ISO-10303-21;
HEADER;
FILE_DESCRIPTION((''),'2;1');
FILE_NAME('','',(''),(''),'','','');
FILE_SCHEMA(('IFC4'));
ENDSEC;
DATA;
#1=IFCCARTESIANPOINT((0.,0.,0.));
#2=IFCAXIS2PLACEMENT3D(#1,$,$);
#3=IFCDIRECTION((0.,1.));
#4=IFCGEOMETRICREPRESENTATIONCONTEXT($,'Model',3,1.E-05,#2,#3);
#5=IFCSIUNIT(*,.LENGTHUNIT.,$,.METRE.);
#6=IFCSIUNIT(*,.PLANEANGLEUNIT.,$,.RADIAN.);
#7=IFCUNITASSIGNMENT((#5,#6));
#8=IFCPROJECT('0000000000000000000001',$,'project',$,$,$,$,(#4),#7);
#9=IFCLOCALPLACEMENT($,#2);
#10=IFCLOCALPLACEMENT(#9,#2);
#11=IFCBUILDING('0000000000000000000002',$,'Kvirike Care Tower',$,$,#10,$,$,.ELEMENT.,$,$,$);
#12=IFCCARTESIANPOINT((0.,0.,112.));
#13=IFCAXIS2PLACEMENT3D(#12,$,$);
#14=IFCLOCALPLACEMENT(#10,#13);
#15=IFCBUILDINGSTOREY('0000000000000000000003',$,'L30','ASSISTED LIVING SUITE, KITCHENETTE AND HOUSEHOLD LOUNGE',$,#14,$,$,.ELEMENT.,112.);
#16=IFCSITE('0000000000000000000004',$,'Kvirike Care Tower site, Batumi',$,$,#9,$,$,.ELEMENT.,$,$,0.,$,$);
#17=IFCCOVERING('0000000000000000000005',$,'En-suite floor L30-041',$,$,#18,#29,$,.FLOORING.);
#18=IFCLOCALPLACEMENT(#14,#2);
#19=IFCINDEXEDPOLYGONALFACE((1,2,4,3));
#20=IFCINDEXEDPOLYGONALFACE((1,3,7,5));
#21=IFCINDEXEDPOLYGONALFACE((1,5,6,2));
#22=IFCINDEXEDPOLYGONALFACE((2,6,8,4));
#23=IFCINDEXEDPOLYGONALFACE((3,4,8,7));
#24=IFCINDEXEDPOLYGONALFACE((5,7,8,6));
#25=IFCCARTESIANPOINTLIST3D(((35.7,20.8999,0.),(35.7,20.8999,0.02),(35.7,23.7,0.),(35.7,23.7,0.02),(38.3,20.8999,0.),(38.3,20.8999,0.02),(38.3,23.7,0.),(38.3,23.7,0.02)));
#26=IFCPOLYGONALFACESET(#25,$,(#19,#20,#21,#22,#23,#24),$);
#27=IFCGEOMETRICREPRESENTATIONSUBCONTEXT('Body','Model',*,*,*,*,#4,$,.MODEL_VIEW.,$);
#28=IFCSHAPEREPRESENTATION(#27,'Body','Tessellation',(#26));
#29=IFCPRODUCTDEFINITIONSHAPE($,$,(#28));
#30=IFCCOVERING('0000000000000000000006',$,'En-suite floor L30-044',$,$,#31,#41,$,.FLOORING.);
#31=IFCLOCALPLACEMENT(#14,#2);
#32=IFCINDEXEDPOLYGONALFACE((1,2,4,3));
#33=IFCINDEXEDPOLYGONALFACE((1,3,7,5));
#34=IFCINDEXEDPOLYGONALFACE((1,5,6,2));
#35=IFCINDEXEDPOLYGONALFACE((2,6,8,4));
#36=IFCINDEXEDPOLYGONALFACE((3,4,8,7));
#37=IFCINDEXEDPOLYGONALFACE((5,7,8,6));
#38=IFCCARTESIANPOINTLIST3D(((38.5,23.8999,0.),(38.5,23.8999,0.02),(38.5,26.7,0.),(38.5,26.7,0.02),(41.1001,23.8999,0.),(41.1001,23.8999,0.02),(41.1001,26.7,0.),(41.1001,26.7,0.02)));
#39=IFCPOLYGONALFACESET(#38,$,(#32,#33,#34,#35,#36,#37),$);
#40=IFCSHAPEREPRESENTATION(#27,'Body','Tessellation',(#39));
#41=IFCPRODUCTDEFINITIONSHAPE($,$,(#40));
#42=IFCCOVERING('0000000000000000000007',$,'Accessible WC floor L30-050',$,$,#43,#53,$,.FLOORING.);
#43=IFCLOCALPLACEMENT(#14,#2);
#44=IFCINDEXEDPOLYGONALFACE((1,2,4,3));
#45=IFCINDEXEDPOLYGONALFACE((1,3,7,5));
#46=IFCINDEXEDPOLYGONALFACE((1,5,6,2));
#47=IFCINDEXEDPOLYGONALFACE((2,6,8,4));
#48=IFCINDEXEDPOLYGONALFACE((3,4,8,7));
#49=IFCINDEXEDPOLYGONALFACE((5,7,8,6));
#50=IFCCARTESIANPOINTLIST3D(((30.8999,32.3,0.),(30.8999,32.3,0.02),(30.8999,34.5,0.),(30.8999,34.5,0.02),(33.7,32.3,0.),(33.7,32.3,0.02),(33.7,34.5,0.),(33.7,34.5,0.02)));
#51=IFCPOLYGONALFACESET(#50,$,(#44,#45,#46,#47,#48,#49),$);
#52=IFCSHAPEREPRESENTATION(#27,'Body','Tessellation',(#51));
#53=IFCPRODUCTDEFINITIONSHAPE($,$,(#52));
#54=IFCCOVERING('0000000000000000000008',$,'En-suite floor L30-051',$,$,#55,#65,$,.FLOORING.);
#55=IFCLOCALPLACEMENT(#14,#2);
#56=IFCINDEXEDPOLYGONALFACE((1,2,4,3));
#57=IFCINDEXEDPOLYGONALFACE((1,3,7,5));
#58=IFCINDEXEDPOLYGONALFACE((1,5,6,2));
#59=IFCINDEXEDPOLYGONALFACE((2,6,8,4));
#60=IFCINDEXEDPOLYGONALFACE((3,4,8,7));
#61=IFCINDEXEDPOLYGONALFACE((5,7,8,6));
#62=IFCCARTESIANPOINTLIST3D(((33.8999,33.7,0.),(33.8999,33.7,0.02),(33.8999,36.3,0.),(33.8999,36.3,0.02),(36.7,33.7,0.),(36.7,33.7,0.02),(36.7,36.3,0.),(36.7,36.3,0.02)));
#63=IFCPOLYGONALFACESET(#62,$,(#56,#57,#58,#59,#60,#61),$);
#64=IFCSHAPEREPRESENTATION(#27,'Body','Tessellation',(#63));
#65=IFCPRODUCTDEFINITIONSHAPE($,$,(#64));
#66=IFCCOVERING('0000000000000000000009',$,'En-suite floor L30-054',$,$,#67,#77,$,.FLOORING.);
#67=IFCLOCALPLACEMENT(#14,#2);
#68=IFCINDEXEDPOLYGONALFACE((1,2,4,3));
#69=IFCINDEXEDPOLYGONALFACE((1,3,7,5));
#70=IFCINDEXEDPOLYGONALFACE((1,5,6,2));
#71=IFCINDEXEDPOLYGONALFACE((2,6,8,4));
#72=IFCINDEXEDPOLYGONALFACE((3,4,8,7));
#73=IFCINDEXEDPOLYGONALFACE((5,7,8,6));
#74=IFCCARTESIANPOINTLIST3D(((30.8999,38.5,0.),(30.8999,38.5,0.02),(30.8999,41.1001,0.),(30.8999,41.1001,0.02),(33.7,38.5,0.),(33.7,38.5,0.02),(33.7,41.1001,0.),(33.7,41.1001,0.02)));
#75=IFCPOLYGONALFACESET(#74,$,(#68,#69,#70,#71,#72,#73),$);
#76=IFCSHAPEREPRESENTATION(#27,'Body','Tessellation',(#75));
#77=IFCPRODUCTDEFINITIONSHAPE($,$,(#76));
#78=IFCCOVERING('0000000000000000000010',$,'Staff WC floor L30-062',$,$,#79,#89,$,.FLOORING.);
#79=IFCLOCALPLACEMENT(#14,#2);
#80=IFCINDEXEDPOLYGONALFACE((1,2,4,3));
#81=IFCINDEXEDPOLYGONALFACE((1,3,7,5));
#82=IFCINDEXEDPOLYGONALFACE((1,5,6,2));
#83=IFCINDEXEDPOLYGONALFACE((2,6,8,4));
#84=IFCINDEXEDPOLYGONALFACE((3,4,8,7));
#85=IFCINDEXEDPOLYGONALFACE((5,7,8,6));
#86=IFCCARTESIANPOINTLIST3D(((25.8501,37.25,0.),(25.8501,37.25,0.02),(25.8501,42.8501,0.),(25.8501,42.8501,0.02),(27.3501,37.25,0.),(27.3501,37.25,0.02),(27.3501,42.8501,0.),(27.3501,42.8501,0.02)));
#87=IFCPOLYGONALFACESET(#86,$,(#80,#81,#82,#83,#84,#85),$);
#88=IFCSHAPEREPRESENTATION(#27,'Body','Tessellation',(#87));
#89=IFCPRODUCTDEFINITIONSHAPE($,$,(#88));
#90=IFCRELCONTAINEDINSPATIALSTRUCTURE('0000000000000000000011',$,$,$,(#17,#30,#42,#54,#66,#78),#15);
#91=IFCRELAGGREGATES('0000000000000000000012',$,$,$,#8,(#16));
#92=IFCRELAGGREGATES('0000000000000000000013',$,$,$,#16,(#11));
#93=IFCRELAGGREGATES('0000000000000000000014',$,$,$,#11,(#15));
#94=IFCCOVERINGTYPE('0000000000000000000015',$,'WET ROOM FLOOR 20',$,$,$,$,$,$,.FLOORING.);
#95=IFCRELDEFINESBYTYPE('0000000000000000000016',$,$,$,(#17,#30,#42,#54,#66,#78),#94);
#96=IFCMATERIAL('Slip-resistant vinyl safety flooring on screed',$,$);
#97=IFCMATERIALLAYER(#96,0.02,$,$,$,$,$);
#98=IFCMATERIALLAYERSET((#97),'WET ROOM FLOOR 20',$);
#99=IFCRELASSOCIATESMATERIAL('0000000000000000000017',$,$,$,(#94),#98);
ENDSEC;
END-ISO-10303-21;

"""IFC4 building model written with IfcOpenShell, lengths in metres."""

from ifc_helpers import new_model, si_unit, direction, frame, origin, place, context, subcontext, project, spatial, polyline, outline, extrude, material, layer, layer_set, type_object, element, save


model = new_model("IFC4")

# Units and contexts
model_context = context("Model", 3, precision=1e-05, world=origin(), true_north=direction((0.0, 1.0)))
body_context = subcontext(model_context, "Body", "Model", "MODEL_VIEW")
ifc_project = project(units=[si_unit("LENGTHUNIT", "METRE"), si_unit("PLANEANGLEUNIT", "RADIAN")], contexts=[model_context])

# Site, building, storey
site_placement = place(None, origin())
site = spatial("IfcSite", under=ifc_project, at=site_placement, Name="Kvirike Care Tower site, Batumi", CompositionType="ELEMENT", RefElevation=0.0)
building_placement = place(site_placement, origin())
building = spatial("IfcBuilding", under=site, at=building_placement, Name="Kvirike Care Tower", CompositionType="ELEMENT")
storey_placement = place(building_placement, frame((0.0, 0.0, 112.0)))
storey = spatial("IfcBuildingStorey", under=building, at=storey_placement, Name="L30", Description="ASSISTED LIVING SUITE, KITCHENETTE AND HOUSEHOLD LOUNGE", CompositionType="ELEMENT", Elevation=112.0)

# Coverings
ifc_material_1 = material(Name="Slip-resistant vinyl safety flooring on screed")
ifc_layer_1 = layer(ifc_material_1, 0.02)
ifc_layer_set_1 = layer_set([ifc_layer_1], Name="WET ROOM FLOOR 20")
covering_type_1 = type_object("IfcCoveringType", Name="WET ROOM FLOOR 20", PredefinedType="FLOORING", material=ifc_layer_set_1)
covering_1_placement = place(storey_placement, origin())
element("IfcCovering", 1, at=covering_1_placement, inside=storey, type_object=covering_type_1, Name="En-suite floor L30-041", PredefinedType="FLOORING", context=body_context, shape_type="SweptSolid", body=[
    extrude(outline(polyline([(35.7, 20.8999), (35.7, 23.7), (38.3, 23.7), (38.3, 20.8999), (35.7, 20.8999)])), origin(), (0.0, 0.0, 1.0), 0.02),
])
covering_2_placement = place(storey_placement, origin())
element("IfcCovering", 2, at=covering_2_placement, inside=storey, type_object=covering_type_1, Name="En-suite floor L30-044", PredefinedType="FLOORING", context=body_context, shape_type="SweptSolid", body=[
    extrude(outline(polyline([(38.5, 23.8999), (38.5, 26.7), (41.1001, 26.7), (41.1001, 23.8999), (38.5, 23.8999)])), origin(), (0.0, 0.0, 1.0), 0.02),
])
covering_3_placement = place(storey_placement, origin())
element("IfcCovering", 3, at=covering_3_placement, inside=storey, type_object=covering_type_1, Name="Accessible WC floor L30-050", PredefinedType="FLOORING", context=body_context, shape_type="SweptSolid", body=[
    extrude(outline(polyline([(33.7, 32.3), (30.8999, 32.3), (30.8999, 34.5), (33.7, 34.5), (33.7, 32.3)])), origin(), (0.0, 0.0, 1.0), 0.02),
])
covering_4_placement = place(storey_placement, origin())
element("IfcCovering", 4, at=covering_4_placement, inside=storey, type_object=covering_type_1, Name="En-suite floor L30-051", PredefinedType="FLOORING", context=body_context, shape_type="SweptSolid", body=[
    extrude(outline(polyline([(36.7, 33.7), (33.8999, 33.7), (33.8999, 36.3), (36.7, 36.3), (36.7, 33.7)])), origin(), (0.0, 0.0, 1.0), 0.02),
])
covering_5_placement = place(storey_placement, origin())
element("IfcCovering", 5, at=covering_5_placement, inside=storey, type_object=covering_type_1, Name="En-suite floor L30-054", PredefinedType="FLOORING", context=body_context, shape_type="SweptSolid", body=[
    extrude(outline(polyline([(33.7, 38.5), (30.8999, 38.5), (30.8999, 41.1001), (33.7, 41.1001), (33.7, 38.5)])), origin(), (0.0, 0.0, 1.0), 0.02),
])
covering_6_placement = place(storey_placement, origin())
element("IfcCovering", 6, at=covering_6_placement, inside=storey, type_object=covering_type_1, Name="Staff WC floor L30-062", PredefinedType="FLOORING", context=body_context, shape_type="SweptSolid", body=[
    extrude(outline(polyline([(27.3501, 37.25), (25.8501, 37.25), (25.8501, 42.8501), (27.3501, 42.8501), (27.3501, 37.25)])), origin(), (0.0, 0.0, 1.0), 0.02),
])

save(model, "model.ifc")
